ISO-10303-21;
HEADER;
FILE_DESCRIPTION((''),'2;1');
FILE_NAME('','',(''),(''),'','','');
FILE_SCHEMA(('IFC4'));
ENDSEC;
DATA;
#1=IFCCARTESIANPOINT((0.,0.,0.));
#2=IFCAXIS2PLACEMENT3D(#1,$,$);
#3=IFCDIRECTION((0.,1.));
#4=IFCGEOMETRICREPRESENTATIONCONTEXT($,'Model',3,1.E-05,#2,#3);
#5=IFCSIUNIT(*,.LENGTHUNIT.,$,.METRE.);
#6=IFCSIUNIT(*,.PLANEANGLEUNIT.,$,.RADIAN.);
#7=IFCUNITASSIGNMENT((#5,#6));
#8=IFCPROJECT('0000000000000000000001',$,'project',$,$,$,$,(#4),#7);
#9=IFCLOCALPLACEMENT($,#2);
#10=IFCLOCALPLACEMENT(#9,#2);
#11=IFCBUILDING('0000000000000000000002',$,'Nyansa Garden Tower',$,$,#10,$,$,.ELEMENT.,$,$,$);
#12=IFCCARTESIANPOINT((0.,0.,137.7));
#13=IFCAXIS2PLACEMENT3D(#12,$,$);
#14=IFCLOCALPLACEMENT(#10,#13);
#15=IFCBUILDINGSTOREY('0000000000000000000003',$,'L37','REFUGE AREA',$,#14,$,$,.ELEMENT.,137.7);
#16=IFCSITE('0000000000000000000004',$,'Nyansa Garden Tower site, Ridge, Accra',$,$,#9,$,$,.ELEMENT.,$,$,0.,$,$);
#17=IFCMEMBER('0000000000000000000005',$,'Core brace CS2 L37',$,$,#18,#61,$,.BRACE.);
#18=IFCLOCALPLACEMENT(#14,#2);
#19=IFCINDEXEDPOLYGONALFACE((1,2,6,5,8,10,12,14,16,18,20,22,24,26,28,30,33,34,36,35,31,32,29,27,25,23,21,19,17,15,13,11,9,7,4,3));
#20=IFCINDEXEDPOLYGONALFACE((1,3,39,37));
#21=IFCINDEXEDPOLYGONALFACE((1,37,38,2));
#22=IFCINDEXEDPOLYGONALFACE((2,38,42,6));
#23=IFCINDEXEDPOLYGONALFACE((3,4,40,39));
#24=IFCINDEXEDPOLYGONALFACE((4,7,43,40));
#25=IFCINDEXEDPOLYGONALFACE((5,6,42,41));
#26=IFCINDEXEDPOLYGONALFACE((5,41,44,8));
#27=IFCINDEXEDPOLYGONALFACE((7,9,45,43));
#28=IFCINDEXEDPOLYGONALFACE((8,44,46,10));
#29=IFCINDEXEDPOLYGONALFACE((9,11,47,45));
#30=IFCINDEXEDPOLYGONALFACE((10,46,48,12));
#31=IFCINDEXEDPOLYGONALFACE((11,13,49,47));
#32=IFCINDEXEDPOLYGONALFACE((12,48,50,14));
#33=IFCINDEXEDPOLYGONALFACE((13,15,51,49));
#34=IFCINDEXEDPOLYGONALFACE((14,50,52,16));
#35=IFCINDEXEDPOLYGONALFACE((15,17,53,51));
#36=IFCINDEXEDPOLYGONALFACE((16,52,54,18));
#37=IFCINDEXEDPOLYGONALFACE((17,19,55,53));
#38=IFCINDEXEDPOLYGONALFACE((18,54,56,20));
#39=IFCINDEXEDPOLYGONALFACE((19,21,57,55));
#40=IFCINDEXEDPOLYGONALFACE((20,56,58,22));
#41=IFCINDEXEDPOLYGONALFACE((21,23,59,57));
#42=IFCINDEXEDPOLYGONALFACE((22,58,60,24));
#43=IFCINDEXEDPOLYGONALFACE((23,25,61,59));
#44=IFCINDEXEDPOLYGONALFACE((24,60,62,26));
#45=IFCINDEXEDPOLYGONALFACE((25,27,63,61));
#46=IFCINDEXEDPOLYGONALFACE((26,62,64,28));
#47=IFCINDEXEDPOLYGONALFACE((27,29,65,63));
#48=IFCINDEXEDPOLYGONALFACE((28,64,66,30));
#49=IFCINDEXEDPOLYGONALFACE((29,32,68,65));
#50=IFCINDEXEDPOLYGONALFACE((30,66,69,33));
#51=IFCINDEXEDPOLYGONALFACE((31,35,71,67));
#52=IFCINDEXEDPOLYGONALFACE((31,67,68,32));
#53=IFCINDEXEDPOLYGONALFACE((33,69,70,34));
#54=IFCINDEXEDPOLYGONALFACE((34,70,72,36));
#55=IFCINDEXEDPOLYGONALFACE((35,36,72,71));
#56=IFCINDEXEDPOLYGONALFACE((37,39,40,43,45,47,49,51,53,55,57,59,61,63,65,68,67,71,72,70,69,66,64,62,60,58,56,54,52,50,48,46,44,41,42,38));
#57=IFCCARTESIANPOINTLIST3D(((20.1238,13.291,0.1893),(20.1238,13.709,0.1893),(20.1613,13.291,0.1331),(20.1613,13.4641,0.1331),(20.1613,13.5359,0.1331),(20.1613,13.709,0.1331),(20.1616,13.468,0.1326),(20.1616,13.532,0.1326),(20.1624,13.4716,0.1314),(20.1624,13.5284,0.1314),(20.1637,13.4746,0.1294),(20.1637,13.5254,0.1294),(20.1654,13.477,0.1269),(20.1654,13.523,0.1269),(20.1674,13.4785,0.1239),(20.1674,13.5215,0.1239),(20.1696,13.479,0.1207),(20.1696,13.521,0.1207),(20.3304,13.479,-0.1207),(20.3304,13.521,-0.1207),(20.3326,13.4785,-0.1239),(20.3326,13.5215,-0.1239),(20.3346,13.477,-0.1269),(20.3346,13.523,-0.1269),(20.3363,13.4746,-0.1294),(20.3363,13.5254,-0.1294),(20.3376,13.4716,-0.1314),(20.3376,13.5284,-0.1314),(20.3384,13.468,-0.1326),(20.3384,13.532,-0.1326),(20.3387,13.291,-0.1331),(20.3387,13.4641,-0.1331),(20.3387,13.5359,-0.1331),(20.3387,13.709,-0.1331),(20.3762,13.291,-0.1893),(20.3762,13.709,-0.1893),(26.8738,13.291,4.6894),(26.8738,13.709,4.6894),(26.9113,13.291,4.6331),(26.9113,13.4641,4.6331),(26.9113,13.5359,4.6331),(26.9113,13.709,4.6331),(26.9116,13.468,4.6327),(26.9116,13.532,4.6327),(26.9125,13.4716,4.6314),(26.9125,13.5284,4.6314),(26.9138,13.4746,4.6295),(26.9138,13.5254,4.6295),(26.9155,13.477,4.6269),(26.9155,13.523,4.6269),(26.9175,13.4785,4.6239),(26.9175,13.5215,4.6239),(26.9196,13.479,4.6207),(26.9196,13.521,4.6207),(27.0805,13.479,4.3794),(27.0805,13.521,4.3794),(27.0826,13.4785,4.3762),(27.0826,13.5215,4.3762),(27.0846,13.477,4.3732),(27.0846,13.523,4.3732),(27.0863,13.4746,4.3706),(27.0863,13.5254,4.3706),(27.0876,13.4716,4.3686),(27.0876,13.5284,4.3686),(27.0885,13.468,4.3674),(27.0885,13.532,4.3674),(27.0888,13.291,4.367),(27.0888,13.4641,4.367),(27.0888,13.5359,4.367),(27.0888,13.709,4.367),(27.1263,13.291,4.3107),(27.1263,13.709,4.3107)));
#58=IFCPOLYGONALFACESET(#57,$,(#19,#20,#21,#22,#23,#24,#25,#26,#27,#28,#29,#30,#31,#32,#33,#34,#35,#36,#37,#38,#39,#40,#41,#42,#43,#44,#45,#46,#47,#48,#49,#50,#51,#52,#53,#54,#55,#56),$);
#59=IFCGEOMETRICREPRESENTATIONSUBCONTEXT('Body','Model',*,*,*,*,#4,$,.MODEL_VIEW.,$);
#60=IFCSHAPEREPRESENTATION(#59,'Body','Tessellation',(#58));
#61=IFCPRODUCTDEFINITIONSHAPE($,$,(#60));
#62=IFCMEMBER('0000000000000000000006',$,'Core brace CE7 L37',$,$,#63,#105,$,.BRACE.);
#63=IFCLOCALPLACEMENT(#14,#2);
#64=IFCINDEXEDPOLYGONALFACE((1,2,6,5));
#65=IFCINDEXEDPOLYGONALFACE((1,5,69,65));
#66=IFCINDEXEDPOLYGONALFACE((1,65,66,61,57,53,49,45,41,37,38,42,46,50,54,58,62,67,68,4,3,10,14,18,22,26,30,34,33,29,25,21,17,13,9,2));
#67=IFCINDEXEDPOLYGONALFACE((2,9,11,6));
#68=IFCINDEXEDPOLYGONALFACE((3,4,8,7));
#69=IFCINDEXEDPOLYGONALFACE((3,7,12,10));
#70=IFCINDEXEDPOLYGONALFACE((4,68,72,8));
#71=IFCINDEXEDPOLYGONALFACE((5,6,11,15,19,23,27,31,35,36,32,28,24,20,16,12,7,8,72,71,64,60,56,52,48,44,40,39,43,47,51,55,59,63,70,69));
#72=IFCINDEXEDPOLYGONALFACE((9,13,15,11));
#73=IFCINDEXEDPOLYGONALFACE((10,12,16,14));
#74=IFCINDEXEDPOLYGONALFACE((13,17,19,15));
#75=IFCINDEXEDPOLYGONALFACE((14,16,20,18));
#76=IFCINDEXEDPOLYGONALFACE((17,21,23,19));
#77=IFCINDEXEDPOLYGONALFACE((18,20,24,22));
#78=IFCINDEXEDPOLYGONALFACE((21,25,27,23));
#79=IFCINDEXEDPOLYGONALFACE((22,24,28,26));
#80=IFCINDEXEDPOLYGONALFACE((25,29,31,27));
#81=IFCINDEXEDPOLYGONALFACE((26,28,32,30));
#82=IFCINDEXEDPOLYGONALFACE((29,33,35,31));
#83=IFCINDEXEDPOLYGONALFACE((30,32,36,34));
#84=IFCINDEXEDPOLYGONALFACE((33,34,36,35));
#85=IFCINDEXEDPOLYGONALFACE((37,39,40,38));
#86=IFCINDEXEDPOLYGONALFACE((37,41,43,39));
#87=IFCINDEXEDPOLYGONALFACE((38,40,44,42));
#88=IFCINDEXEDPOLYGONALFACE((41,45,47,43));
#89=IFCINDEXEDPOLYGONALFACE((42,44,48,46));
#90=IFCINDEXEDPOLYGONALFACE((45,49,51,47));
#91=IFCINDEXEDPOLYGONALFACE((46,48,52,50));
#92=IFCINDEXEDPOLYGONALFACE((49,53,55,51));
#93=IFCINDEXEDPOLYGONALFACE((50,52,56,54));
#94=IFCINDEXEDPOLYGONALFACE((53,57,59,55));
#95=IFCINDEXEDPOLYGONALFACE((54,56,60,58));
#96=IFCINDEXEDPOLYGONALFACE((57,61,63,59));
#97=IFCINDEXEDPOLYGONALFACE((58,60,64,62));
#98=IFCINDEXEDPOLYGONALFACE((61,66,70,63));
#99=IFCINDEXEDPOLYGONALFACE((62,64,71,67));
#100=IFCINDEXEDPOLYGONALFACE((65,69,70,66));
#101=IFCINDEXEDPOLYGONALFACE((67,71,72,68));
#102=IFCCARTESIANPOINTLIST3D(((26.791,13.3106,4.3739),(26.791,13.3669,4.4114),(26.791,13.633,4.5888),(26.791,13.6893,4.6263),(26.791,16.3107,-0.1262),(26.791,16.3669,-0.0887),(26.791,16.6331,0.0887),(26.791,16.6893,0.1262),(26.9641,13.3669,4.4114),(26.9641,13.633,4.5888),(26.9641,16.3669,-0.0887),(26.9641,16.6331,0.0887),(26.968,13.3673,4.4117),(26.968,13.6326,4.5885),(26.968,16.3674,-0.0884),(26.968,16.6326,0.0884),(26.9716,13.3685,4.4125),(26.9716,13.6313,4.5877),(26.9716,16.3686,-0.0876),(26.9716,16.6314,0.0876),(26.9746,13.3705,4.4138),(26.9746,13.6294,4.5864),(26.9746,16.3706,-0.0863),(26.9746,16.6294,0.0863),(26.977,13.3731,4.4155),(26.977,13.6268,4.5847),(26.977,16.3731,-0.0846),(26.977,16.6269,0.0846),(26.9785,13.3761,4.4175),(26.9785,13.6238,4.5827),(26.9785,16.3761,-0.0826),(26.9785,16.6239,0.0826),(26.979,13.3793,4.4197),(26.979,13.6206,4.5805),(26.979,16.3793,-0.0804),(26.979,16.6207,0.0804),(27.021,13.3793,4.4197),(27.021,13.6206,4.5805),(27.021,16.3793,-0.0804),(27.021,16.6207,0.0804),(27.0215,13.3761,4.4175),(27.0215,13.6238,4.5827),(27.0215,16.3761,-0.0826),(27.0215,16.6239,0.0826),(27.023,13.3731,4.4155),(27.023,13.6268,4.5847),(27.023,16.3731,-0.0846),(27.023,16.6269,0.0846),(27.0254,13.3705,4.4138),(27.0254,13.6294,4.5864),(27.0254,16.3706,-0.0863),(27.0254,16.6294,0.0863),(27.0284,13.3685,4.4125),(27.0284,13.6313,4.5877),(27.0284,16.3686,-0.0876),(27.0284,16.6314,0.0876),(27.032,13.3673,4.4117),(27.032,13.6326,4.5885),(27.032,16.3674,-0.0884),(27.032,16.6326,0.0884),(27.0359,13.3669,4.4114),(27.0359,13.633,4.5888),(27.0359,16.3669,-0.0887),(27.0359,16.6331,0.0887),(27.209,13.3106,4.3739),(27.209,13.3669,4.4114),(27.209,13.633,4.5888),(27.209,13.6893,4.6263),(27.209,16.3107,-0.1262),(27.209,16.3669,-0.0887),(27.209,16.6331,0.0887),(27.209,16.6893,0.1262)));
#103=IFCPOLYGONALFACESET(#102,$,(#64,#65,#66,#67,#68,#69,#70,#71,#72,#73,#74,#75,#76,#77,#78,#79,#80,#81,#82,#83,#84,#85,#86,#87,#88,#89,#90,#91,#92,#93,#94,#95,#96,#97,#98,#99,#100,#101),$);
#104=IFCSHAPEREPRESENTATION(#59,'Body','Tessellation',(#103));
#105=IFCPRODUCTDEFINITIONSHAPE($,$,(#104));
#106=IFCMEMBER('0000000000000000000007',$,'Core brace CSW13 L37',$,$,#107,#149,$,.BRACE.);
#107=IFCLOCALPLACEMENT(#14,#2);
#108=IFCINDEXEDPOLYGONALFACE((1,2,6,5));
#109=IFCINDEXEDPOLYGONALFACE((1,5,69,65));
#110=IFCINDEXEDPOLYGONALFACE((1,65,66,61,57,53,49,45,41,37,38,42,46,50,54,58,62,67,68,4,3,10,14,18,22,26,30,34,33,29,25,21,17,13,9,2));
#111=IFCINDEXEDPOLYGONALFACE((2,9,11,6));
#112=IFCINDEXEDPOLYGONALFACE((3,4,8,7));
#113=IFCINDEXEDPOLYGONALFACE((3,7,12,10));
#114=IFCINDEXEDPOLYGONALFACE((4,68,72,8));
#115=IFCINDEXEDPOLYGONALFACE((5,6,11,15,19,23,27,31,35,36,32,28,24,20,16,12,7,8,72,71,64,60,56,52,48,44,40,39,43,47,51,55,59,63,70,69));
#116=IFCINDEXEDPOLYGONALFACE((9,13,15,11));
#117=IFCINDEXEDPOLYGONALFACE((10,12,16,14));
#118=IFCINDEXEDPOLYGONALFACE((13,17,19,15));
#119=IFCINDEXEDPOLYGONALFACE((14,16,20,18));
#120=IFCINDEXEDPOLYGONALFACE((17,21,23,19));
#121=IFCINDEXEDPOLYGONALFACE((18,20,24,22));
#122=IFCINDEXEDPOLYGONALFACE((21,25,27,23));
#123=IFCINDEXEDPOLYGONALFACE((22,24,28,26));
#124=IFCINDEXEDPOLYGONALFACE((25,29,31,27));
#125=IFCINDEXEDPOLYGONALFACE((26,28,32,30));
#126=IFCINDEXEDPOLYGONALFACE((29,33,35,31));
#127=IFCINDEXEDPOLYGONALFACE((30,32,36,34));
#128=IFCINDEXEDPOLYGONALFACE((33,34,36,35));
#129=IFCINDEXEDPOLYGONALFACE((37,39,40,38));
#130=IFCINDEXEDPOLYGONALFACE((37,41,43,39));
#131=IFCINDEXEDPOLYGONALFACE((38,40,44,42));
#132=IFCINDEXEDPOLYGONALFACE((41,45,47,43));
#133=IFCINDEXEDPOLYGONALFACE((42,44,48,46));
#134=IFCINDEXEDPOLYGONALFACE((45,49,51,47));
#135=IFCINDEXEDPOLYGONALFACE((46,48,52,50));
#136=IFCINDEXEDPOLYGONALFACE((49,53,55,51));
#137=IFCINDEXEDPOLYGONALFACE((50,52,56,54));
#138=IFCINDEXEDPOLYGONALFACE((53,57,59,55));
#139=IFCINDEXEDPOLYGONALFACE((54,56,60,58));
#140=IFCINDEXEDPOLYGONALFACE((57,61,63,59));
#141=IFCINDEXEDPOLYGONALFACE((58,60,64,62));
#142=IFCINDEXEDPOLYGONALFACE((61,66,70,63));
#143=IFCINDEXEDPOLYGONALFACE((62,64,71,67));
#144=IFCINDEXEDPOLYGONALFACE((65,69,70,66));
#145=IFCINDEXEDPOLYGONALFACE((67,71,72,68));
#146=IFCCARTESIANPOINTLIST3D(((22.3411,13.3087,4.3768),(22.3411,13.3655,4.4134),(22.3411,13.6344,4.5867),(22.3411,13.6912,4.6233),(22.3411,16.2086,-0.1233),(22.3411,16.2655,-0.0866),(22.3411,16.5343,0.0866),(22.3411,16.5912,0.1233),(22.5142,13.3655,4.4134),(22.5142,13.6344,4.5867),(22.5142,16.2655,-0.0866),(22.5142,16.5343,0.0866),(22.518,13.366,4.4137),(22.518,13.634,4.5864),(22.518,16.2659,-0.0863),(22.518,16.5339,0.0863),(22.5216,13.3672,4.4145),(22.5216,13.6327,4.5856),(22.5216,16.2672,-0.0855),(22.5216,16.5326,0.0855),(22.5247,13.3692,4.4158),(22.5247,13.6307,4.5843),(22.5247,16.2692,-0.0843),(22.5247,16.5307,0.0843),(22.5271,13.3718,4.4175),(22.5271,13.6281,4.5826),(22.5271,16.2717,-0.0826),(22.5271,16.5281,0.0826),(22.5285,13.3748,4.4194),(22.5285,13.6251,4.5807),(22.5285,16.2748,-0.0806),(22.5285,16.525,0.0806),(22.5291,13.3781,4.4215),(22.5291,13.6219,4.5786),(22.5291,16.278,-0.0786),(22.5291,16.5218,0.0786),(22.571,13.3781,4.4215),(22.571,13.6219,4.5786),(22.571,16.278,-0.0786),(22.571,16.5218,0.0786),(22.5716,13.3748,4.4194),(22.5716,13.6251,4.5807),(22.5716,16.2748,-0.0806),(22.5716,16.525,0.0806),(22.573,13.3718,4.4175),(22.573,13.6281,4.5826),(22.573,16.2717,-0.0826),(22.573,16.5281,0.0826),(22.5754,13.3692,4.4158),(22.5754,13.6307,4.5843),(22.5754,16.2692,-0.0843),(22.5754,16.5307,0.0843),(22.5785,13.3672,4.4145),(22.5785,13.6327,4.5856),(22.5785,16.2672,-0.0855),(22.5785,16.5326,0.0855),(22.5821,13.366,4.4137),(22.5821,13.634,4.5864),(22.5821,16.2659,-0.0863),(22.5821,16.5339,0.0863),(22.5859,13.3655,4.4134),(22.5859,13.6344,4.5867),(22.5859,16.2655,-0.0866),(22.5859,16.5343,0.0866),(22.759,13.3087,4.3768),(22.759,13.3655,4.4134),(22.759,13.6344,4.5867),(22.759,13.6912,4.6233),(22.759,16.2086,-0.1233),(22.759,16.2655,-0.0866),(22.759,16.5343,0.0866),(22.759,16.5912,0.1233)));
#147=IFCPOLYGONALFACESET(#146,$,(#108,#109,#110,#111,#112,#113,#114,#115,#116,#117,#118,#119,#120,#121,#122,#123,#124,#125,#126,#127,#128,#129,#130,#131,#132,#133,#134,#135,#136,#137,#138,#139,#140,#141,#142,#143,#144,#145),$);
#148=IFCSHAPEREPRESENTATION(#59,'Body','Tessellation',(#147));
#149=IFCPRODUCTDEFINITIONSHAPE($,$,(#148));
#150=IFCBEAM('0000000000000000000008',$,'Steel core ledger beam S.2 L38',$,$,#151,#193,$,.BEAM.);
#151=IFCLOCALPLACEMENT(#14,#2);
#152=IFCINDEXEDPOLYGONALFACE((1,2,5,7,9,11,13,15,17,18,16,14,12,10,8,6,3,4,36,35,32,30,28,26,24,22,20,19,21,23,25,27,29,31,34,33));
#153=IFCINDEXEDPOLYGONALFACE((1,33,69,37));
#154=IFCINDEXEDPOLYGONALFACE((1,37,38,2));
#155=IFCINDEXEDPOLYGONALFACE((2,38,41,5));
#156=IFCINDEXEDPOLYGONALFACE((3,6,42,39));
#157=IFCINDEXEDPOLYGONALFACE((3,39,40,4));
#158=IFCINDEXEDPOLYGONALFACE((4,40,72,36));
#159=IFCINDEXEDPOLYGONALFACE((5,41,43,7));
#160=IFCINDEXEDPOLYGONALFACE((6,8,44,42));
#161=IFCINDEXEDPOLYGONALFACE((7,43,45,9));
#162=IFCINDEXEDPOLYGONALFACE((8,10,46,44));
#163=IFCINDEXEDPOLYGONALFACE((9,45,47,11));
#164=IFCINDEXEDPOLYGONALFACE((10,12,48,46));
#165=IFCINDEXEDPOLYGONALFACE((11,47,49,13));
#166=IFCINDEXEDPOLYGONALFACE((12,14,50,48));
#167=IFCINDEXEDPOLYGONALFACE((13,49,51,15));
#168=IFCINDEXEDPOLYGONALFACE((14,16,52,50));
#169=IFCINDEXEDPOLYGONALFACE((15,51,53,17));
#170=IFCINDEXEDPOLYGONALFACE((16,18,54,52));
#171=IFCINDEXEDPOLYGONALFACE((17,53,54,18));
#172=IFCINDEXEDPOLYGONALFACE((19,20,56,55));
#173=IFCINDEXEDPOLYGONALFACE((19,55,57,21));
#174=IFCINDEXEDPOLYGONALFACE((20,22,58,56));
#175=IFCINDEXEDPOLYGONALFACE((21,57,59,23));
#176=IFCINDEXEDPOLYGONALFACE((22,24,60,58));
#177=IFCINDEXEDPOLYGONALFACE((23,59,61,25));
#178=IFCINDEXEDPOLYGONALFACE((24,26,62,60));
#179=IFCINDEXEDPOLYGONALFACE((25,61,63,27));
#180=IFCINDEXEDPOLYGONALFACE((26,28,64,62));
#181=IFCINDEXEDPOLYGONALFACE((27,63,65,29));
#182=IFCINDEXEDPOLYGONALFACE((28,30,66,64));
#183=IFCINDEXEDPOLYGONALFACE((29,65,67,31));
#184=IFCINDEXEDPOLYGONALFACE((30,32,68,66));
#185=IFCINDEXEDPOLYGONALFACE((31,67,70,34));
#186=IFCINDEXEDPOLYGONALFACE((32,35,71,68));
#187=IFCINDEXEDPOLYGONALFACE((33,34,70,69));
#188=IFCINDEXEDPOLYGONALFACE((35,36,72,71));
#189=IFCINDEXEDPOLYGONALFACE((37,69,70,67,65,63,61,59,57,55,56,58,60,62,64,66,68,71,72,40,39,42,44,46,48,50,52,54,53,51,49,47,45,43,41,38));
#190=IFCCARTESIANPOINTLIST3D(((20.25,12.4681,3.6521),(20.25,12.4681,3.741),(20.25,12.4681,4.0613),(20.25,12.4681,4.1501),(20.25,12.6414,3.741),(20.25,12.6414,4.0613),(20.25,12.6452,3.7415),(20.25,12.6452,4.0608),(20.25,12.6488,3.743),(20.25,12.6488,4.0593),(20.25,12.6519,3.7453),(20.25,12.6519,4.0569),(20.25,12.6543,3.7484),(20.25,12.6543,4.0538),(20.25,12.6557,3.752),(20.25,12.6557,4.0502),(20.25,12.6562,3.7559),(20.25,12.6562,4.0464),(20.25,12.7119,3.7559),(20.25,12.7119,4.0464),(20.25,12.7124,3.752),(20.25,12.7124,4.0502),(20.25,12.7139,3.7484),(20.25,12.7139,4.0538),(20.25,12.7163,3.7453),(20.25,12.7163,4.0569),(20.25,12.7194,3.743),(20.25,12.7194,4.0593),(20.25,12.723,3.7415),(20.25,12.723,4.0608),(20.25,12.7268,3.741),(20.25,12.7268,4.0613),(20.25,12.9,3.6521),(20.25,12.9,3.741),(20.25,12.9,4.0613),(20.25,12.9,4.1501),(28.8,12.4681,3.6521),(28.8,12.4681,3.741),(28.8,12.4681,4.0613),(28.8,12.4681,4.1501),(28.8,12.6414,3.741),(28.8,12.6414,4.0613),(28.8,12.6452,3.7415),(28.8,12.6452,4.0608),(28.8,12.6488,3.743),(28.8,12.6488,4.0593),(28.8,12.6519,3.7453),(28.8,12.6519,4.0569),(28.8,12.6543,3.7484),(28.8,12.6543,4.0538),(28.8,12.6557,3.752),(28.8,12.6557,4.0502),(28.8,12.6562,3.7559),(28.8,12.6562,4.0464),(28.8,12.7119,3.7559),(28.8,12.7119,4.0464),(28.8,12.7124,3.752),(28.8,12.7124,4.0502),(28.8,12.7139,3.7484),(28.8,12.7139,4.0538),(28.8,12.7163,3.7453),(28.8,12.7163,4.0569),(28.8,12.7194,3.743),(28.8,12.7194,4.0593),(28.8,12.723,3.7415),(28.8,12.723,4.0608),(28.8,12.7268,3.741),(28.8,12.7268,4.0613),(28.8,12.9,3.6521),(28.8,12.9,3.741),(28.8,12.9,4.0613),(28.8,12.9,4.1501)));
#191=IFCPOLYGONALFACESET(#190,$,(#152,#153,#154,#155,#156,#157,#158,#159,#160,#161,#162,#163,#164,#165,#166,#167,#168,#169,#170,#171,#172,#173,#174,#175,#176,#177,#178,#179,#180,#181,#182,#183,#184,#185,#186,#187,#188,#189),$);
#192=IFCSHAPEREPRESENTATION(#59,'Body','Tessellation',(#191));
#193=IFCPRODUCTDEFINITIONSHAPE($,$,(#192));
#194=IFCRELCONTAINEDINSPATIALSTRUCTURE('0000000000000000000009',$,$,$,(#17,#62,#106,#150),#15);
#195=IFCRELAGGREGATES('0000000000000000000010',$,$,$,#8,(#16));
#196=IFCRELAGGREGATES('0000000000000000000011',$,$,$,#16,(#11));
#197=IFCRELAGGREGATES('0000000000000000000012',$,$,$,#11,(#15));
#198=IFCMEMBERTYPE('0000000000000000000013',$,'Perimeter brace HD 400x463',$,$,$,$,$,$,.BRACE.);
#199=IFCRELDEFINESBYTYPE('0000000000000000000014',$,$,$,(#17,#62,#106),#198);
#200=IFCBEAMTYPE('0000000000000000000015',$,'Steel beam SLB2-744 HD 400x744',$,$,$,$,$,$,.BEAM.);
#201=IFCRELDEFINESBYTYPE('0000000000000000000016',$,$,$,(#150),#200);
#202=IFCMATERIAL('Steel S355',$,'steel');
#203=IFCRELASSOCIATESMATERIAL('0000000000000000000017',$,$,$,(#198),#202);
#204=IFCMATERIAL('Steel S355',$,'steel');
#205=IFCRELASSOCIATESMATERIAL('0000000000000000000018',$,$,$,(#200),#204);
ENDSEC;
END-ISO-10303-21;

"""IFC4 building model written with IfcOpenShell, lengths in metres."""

from ifc_helpers import new_model, si_unit, direction, frame, origin, origin_2d, place, context, subcontext, project, spatial, i_section, extrude, material, material_profile, profile_set, type_object, element, save


model = new_model("IFC4")

# Units and contexts
model_context = context("Model", 3, precision=1e-05, world=origin(), true_north=direction((0.0, 1.0)))
body_context = subcontext(model_context, "Body", "Model", "MODEL_VIEW")
ifc_project = project(units=[si_unit("LENGTHUNIT", "METRE"), si_unit("PLANEANGLEUNIT", "RADIAN")], contexts=[model_context])

# Site, building, storey
site_placement = place(None, origin())
site = spatial("IfcSite", under=ifc_project, at=site_placement, Name="Nyansa Garden Tower site, Ridge, Accra", CompositionType="ELEMENT", RefElevation=0.0)
building_placement = place(site_placement, origin())
building = spatial("IfcBuilding", under=site, at=building_placement, Name="Nyansa Garden Tower", CompositionType="ELEMENT")
storey_placement = place(building_placement, frame((0.0, 0.0, 137.7)))
storey = spatial("IfcBuildingStorey", under=building, at=storey_placement, Name="L37", Description="REFUGE AREA", CompositionType="ELEMENT", Elevation=137.7)

# Members
ifc_material_1 = material(Name="Steel S355", Category="steel")
ifc_material_profile_1 = material_profile(ifc_material_1, i_section(OverallWidth=0.418, OverallDepth=0.4551, WebThickness=0.042, FlangeThickness=0.0676, FilletRadius=0.0149, at=origin_2d()), Name="HD 400x463")
ifc_profile_set_1 = profile_set([ifc_material_profile_1], Name="Steel S355")
member_type_1 = type_object("IfcMemberType", Name="Perimeter brace HD 400x463", PredefinedType="BRACE", material=ifc_profile_set_1)
for number, where, z_axis, x_axis, name in (
    (1, (20.25, 13.5, 0.0), (0.83205, 0.0, 0.5547), (0.0, 1.0, 0.0), "Core brace CS2 L37"),
):
    element("IfcMember", number, at=place(storey_placement, frame(where, z_axis=z_axis, x_axis=x_axis)), inside=storey, type_object=member_type_1, Name=name, PredefinedType="BRACE", context=body_context, shape_type="SweptSolid", body=[
        extrude(i_section(OverallWidth=0.418, OverallDepth=0.4551, WebThickness=0.042, FlangeThickness=0.0676, FilletRadius=0.0149, at=origin_2d()), origin(), (0.0, 0.0, 1.0), 8.1125),
    ])
member_1_placement = place(storey_placement, frame((27.0, 16.5, 0.0), z_axis=(0.0, -0.5547, 0.83205), x_axis=(1.0, 0.0, 0.0)))
element("IfcMember", 2, at=member_1_placement, inside=storey, type_object=member_type_1, Name="Core brace CE7 L37", PredefinedType="BRACE", context=body_context, shape_type="SweptSolid", body=[
    extrude(i_section(OverallWidth=0.418, OverallDepth=0.4551, WebThickness=0.042, FlangeThickness=0.0676, FilletRadius=0.0149, at=origin_2d()), origin(), (0.0, 0.0, 1.0), 5.4084),
])
member_2_placement = place(storey_placement, frame((22.55, 16.3999, 0.0), z_axis=(0.0, -0.541688, 0.840579), x_axis=(1.0, 0.0, 0.0)))
element("IfcMember", 3, at=member_2_placement, inside=storey, type_object=member_type_1, Name="Core brace CSW13 L37", PredefinedType="BRACE", context=body_context, shape_type="SweptSolid", body=[
    extrude(i_section(OverallWidth=0.418, OverallDepth=0.4551, WebThickness=0.042, FlangeThickness=0.0676, FilletRadius=0.0149, at=origin_2d()), origin(), (0.0, 0.0, 1.0), 5.3535),
])

# Beam
ifc_material_2 = material(Name="Steel S355", Category="steel")
ifc_material_profile_2 = material_profile(ifc_material_2, i_section(OverallWidth=0.4319, OverallDepth=0.498, WebThickness=0.0557, FlangeThickness=0.0889, FilletRadius=0.0149, at=origin_2d()), Name="HD 400x744")
ifc_profile_set_2 = profile_set([ifc_material_profile_2], Name="Steel S355")
beam_type_1 = type_object("IfcBeamType", Name="Steel beam SLB2-744 HD 400x744", PredefinedType="BEAM", material=ifc_profile_set_2)
beam_1_placement = place(storey_placement, frame((20.25, 12.6841, 3.9011), z_axis=(1.0, 0.0, 0.0), x_axis=(0.0, 1.0, 0.0)))
element("IfcBeam", 4, at=beam_1_placement, inside=storey, type_object=beam_type_1, Name="Steel core ledger beam S.2 L38", PredefinedType="BEAM", context=body_context, shape_type="SweptSolid", body=[
    extrude(i_section(OverallWidth=0.4319, OverallDepth=0.498, WebThickness=0.0557, FlangeThickness=0.0889, FilletRadius=0.0149, at=origin_2d()), origin(), (0.0, 0.0, 1.0), 8.55),
])

save(model, "model.ifc")
